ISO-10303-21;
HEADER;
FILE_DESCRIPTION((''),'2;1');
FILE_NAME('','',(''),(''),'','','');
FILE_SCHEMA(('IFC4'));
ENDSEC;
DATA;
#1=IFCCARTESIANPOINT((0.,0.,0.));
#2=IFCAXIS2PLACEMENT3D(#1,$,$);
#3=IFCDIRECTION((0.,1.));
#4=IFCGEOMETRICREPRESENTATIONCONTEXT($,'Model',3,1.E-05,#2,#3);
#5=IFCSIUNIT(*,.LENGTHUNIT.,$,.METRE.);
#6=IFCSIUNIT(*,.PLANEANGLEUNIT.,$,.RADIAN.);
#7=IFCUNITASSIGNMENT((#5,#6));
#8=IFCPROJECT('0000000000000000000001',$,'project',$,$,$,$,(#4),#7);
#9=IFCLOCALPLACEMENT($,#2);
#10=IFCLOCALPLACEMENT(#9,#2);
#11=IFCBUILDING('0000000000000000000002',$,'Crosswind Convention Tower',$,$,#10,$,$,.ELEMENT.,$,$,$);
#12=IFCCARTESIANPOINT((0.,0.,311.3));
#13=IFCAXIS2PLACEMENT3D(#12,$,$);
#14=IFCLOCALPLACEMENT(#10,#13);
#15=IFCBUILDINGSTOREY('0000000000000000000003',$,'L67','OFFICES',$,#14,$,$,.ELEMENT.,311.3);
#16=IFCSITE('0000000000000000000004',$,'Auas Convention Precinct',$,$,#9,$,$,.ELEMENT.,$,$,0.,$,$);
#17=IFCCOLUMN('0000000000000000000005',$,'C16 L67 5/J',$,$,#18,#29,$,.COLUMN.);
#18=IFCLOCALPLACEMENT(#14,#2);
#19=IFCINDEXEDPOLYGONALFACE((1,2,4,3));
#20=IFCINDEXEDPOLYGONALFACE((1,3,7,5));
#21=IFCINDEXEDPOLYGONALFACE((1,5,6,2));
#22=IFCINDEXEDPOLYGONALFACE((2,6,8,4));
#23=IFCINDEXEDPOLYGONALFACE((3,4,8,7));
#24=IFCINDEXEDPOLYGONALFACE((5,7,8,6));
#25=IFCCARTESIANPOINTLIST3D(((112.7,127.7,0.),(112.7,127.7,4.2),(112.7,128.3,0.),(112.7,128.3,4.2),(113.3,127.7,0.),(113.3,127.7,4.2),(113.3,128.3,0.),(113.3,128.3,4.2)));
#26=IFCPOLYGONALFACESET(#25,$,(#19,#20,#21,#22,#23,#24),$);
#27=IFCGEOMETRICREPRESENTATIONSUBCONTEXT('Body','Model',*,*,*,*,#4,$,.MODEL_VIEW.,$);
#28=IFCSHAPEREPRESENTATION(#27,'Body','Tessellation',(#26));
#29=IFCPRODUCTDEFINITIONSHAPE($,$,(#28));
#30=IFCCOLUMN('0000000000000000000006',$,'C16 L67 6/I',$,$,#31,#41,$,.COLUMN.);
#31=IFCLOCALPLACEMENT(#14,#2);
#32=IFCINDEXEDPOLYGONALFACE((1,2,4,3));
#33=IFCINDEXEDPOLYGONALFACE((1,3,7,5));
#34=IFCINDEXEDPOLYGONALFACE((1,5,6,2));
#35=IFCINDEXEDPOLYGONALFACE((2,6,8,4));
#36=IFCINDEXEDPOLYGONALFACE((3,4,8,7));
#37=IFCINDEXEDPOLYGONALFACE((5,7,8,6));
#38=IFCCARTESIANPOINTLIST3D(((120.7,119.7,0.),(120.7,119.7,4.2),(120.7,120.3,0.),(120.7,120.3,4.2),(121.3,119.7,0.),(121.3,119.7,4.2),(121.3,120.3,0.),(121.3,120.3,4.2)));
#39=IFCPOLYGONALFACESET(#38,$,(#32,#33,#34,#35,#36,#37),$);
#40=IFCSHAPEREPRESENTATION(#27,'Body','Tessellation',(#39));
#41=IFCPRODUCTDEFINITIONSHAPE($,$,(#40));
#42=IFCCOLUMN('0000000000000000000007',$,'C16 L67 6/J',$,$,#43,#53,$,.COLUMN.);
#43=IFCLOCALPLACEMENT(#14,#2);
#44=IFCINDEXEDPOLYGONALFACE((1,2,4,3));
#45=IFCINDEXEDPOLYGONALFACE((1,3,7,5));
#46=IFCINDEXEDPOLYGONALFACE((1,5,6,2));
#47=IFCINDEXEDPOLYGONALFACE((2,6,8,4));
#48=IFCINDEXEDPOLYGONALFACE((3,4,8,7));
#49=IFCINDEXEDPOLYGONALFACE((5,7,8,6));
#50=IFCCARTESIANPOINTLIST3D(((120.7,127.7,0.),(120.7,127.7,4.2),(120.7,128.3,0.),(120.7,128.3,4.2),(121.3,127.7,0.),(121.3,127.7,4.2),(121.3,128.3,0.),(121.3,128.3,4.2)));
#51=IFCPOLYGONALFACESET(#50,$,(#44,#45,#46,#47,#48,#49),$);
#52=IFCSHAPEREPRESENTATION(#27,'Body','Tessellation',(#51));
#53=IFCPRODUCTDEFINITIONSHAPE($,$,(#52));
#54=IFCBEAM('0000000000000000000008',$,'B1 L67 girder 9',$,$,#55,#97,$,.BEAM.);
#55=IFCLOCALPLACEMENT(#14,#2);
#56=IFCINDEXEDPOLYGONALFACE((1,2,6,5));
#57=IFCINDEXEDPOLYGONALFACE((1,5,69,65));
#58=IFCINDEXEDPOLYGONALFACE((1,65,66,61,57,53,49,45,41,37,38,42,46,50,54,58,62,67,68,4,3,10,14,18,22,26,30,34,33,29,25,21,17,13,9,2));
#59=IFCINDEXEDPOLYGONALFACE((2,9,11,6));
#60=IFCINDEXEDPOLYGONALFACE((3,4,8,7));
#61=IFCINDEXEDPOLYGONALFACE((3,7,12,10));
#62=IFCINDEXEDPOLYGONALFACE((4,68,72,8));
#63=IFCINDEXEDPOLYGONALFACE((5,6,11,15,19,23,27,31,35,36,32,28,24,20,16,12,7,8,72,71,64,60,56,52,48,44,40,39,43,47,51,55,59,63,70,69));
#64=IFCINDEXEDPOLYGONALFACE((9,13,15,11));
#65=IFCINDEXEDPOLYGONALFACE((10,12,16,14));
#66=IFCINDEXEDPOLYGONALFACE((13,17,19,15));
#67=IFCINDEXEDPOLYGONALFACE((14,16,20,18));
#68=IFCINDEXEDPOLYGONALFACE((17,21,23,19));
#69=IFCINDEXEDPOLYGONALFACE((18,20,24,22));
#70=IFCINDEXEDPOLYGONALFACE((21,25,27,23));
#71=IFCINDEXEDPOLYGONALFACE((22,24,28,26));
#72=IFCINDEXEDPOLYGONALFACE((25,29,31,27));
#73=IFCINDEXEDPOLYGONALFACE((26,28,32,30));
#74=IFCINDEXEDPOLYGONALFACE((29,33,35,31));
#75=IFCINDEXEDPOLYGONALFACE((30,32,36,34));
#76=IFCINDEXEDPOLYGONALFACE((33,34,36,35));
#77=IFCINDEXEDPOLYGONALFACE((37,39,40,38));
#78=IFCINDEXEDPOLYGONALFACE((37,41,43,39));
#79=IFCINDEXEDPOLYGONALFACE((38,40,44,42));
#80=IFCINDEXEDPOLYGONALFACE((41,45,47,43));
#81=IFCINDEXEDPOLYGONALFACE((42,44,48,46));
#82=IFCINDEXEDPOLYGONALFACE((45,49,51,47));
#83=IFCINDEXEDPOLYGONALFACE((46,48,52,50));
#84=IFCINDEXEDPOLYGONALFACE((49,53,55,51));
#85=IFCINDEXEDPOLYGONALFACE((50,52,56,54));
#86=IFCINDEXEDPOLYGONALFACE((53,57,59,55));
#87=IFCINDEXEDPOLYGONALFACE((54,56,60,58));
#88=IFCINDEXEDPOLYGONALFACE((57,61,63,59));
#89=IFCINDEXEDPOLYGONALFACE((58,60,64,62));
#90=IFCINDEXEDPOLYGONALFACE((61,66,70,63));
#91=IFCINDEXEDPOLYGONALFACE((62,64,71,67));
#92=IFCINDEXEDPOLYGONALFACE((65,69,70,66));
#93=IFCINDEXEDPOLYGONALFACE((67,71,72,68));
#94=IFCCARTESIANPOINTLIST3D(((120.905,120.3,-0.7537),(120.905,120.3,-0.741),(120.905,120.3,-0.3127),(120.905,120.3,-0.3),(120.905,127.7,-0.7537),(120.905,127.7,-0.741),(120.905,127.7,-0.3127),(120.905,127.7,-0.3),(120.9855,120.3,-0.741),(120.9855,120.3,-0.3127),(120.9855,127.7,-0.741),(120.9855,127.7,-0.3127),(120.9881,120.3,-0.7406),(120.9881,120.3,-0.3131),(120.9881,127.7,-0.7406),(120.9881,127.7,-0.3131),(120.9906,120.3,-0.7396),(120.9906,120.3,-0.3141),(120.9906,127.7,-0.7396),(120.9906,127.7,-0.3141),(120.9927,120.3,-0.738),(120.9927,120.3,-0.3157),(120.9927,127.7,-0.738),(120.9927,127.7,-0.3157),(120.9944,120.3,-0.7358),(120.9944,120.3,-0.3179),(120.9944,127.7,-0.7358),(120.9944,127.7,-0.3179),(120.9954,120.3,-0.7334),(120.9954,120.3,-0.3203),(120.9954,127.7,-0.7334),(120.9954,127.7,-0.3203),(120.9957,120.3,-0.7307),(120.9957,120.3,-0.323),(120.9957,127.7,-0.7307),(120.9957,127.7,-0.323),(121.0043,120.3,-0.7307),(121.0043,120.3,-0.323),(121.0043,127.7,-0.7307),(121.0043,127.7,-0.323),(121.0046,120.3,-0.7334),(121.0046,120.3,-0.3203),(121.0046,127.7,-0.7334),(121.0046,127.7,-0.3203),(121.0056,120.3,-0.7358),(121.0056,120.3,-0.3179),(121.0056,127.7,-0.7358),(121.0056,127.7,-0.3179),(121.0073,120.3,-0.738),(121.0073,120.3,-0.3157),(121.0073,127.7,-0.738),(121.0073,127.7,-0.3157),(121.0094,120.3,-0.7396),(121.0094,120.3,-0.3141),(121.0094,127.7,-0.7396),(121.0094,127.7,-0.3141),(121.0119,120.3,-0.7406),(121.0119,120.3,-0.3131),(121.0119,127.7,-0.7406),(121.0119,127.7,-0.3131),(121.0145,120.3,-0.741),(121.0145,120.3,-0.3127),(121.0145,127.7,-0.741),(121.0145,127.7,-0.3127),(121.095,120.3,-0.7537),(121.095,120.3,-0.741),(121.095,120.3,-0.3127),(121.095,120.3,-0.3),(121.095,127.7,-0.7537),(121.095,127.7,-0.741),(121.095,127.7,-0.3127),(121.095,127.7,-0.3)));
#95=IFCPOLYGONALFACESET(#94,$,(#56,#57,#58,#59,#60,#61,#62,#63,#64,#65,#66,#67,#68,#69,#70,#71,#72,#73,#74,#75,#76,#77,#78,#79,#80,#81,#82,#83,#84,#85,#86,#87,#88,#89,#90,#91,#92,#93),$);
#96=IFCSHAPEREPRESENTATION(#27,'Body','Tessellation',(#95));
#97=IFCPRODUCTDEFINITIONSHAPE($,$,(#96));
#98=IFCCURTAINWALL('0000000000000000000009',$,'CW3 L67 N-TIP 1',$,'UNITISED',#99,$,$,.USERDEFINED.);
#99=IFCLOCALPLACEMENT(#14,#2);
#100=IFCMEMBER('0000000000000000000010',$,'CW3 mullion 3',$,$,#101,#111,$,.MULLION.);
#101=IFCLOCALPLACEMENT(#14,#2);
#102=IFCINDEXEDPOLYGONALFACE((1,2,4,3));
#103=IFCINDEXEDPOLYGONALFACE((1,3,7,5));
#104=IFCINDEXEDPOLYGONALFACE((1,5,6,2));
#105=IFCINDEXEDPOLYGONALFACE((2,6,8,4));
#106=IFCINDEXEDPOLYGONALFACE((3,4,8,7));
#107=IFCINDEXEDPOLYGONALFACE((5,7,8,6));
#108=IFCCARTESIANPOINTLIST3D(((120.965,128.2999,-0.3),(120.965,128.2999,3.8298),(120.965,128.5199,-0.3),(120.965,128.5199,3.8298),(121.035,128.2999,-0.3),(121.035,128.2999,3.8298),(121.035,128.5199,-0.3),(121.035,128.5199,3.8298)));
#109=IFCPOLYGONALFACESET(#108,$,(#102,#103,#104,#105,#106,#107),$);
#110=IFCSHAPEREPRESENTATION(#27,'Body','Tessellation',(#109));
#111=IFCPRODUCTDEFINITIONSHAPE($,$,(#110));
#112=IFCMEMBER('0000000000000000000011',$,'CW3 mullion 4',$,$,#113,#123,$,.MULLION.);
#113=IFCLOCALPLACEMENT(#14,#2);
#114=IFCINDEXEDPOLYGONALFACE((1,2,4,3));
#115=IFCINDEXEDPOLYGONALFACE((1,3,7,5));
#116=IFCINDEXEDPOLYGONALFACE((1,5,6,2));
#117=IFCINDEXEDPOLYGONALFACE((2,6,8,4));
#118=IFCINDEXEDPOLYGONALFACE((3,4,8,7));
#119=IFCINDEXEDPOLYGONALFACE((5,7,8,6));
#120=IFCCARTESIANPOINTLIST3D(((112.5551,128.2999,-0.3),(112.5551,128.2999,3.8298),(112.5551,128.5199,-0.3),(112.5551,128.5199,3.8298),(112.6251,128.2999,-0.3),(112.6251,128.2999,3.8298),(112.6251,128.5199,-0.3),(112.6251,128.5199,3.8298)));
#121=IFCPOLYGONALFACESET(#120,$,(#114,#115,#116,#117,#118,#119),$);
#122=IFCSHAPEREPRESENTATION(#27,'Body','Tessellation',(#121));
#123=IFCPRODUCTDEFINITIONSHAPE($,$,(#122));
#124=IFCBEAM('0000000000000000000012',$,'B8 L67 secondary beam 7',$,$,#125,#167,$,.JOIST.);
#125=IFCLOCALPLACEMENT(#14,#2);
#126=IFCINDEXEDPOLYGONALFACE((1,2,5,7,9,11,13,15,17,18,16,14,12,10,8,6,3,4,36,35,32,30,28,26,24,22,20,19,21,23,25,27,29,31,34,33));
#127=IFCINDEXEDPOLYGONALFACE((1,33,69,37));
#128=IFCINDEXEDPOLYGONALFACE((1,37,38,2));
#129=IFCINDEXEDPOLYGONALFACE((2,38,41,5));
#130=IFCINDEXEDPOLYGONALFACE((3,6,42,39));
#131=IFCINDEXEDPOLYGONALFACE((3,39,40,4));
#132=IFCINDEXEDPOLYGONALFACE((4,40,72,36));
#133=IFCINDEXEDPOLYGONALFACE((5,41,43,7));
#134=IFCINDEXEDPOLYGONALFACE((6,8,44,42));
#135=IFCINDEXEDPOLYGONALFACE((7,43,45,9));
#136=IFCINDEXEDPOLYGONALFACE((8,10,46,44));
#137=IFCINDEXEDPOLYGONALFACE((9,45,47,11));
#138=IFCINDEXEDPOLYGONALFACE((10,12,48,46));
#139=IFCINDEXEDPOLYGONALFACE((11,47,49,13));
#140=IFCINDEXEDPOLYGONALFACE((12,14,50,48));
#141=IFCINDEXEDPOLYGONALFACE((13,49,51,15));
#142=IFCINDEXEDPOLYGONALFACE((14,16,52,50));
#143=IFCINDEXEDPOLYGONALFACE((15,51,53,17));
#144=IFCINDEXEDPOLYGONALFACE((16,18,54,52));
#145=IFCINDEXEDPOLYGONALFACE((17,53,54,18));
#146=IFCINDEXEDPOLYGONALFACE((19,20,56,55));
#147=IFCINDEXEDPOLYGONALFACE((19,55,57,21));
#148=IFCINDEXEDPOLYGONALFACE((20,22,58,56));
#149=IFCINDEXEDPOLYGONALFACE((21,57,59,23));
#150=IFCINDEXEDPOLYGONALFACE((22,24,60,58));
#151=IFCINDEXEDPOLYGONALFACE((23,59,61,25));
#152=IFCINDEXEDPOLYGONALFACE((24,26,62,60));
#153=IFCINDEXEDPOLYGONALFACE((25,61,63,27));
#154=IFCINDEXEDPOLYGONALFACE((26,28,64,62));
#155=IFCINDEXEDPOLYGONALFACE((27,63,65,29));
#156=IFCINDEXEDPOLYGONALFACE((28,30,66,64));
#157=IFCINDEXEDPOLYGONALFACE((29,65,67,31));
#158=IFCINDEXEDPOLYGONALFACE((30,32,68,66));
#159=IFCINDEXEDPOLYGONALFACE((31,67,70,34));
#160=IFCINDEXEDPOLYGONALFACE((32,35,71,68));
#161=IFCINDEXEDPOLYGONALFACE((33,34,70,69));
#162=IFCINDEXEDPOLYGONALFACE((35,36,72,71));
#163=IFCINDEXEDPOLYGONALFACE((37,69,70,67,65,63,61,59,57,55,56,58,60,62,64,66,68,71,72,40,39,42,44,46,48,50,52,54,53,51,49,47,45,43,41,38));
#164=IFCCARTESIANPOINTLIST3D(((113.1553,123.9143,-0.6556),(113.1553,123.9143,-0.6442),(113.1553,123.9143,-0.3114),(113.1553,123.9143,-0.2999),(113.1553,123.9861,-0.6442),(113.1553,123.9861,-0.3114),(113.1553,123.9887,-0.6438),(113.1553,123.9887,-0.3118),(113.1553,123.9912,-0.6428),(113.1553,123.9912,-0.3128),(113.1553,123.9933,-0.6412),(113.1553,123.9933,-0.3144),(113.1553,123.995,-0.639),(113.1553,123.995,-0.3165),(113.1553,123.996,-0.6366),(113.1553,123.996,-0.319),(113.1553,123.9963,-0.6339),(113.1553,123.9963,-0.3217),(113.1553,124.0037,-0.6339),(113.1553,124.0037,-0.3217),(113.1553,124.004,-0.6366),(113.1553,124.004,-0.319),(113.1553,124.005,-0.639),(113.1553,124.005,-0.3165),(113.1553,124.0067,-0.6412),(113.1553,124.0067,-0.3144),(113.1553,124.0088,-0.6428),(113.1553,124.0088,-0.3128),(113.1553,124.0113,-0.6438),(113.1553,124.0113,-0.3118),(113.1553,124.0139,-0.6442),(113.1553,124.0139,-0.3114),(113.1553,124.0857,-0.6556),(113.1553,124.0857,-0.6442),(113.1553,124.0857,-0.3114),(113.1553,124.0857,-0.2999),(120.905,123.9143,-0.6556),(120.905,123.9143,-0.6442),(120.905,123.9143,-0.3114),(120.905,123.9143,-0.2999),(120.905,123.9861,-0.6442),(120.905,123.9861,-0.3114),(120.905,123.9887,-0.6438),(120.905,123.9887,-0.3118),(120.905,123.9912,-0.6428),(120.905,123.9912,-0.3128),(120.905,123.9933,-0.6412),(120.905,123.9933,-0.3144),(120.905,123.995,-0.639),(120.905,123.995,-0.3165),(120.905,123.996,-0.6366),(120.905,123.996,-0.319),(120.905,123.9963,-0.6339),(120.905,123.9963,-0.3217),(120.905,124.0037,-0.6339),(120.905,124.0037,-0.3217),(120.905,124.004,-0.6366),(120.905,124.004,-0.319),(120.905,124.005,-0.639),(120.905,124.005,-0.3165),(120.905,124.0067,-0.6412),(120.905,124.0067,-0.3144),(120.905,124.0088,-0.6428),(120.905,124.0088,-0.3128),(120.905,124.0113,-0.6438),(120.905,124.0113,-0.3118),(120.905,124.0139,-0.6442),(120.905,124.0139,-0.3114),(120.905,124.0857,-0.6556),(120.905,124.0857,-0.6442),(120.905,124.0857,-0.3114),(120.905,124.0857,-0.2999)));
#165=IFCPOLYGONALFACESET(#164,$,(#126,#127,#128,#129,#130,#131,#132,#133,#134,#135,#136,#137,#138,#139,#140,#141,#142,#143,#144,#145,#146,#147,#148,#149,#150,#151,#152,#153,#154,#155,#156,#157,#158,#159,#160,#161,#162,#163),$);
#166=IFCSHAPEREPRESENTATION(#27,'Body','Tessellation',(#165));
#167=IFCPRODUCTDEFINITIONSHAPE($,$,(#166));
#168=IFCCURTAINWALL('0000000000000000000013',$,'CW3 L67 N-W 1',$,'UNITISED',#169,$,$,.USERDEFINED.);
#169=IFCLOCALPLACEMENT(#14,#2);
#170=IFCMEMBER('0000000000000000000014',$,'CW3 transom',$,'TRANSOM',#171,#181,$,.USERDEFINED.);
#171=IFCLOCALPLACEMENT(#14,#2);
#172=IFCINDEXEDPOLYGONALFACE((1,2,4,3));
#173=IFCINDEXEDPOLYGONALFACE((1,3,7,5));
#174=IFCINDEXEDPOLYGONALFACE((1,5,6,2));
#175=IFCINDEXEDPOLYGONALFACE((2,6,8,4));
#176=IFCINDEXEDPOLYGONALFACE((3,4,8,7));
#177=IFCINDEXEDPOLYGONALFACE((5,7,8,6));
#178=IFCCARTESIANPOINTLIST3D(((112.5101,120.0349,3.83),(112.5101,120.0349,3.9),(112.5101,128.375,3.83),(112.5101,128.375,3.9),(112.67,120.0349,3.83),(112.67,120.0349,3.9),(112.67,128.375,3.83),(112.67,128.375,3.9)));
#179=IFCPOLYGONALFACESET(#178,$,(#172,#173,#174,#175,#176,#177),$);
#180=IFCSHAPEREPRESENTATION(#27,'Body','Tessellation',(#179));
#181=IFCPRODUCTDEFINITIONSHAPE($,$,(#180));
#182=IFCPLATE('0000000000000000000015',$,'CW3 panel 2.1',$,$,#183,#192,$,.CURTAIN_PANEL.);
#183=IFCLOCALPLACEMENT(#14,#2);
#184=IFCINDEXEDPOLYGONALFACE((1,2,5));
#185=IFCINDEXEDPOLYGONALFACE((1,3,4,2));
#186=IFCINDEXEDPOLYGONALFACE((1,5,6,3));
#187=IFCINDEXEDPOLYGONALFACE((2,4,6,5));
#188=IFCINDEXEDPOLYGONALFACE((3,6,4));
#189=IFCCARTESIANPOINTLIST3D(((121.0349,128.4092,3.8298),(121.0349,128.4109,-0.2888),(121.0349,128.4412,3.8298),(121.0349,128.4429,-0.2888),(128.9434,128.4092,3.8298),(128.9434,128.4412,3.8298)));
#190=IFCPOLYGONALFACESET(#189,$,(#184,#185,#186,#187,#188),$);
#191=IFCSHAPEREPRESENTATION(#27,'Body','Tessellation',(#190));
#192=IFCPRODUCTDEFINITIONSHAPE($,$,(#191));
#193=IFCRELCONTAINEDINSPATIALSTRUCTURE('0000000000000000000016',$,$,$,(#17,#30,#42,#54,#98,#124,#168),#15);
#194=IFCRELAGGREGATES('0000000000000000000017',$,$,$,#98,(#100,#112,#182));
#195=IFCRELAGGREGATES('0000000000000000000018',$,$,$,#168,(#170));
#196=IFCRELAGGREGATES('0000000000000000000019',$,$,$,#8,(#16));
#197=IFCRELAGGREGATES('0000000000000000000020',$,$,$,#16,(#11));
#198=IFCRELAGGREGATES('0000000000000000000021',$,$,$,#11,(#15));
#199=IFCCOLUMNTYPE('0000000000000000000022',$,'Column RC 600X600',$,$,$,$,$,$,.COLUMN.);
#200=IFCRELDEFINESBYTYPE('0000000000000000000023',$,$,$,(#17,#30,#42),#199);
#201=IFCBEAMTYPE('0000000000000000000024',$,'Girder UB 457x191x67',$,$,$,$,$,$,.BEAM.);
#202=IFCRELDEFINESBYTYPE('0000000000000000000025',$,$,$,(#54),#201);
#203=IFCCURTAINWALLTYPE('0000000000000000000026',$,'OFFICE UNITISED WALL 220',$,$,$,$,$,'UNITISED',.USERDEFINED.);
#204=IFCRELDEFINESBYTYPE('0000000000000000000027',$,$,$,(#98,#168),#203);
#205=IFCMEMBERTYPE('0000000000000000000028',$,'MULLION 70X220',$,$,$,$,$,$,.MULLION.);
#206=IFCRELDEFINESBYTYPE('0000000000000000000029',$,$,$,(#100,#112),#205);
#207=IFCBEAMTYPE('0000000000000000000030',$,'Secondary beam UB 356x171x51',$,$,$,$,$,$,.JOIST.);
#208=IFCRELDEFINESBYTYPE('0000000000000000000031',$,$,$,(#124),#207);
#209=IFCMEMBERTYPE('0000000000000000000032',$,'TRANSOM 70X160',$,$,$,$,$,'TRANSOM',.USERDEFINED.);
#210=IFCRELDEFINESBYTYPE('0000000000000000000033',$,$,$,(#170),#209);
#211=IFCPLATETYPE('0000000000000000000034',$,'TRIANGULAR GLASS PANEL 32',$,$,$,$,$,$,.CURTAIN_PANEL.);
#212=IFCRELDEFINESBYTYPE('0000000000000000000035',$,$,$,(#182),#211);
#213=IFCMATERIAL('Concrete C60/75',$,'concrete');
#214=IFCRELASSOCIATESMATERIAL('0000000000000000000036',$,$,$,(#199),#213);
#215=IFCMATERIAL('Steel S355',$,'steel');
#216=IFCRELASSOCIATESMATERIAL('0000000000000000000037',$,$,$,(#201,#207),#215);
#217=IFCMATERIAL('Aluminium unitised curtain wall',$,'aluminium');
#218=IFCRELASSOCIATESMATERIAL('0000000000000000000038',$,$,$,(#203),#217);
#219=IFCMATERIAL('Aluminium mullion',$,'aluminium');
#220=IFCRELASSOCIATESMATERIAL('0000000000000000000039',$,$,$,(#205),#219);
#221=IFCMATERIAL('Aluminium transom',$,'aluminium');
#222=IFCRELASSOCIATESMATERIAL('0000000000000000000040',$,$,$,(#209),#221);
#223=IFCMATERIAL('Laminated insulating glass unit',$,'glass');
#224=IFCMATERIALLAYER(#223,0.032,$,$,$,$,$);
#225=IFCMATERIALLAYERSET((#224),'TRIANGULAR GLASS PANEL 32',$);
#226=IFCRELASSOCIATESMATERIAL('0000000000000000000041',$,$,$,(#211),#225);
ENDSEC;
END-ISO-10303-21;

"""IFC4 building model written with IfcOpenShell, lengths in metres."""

from ifc_helpers import new_model, si_unit, direction, frame, origin, origin_2d, place, context, subcontext, project, spatial, polyline, rectangle, i_section, outline, extrude, material, layer, layer_set, material_profile, profile_set, type_object, element, aggregate, save


model = new_model("IFC4")

# Units and contexts
model_context = context("Model", 3, precision=1e-05, world=origin(), true_north=direction((0.0, 1.0)))
body_context = subcontext(model_context, "Body", "Model", "MODEL_VIEW")
ifc_project = project(units=[si_unit("LENGTHUNIT", "METRE"), si_unit("PLANEANGLEUNIT", "RADIAN")], contexts=[model_context])

# Site, building, storey
site_placement = place(None, origin())
site = spatial("IfcSite", under=ifc_project, at=site_placement, Name="Auas Convention Precinct", CompositionType="ELEMENT", RefElevation=0.0)
building_placement = place(site_placement, origin())
building = spatial("IfcBuilding", under=site, at=building_placement, Name="Crosswind Convention Tower", CompositionType="ELEMENT")
storey_placement = place(building_placement, frame((0.0, 0.0, 311.3)))
storey = spatial("IfcBuildingStorey", under=building, at=storey_placement, Name="L67", Description="OFFICES", CompositionType="ELEMENT", Elevation=311.3)

# Columns
ifc_material_1 = material(Name="Concrete C60/75", Category="concrete")
ifc_material_profile_1 = material_profile(ifc_material_1, rectangle(XDim=0.6001, YDim=0.6001, at=origin_2d()), Name="RC 600X600")
ifc_profile_set_1 = profile_set([ifc_material_profile_1], Name="Concrete C60/75")
column_type = type_object("IfcColumnType", Name="Column RC 600X600", PredefinedType="COLUMN", material=ifc_profile_set_1)
for number, where, z_axis, x_axis, name in (
    (1, (113.0, 128.0, 0.0), (0.0, 0.0, 1.0), (1.0, 0.0, 0.0), "C16 L67 5/J"),
    (2, (121.0, 120.0, 0.0), (0.0, 0.0, 1.0), (1.0, 0.0, 0.0), "C16 L67 6/I"),
    (3, (121.0, 128.0, 0.0), (0.0, 0.0, 1.0), (1.0, 0.0, 0.0), "C16 L67 6/J"),
):
    element("IfcColumn", number, at=place(storey_placement, frame(where, z_axis=z_axis, x_axis=x_axis)), inside=storey, type_object=column_type, Name=name, PredefinedType="COLUMN", context=body_context, shape_type="SweptSolid", body=[
        extrude(rectangle(XDim=0.6001, YDim=0.6001, at=origin_2d()), origin(), (0.0, 0.0, 1.0), 4.2),
    ])

# Beam
ifc_material_2 = material(Name="Steel S355", Category="steel")
ifc_material_profile_2 = material_profile(ifc_material_2, i_section(OverallWidth=0.1899, OverallDepth=0.4536, WebThickness=0.0085, FlangeThickness=0.0127, FilletRadius=0.0103, at=origin_2d()), Name="UB 457x191x67")
ifc_profile_set_2 = profile_set([ifc_material_profile_2], Name="Steel S355")
beam_type_1 = type_object("IfcBeamType", Name="Girder UB 457x191x67", PredefinedType="BEAM", material=ifc_profile_set_2)
beam_1_placement = place(storey_placement, frame((121.0, 120.3, -0.5269), z_axis=(0.0, 1.0, 0.0), x_axis=(-1.0, 0.0, 0.0)))
element("IfcBeam", 4, at=beam_1_placement, inside=storey, type_object=beam_type_1, Name="B1 L67 girder 9", PredefinedType="BEAM", context=body_context, shape_type="SweptSolid", body=[
    extrude(i_section(OverallWidth=0.1899, OverallDepth=0.4536, WebThickness=0.0085, FlangeThickness=0.0127, FilletRadius=0.0103, at=origin_2d()), origin(), (0.0, 0.0, 1.0), 7.3999),
])

# Curtain wall, members
ifc_material_3 = material(Name="Aluminium unitised curtain wall", Category="aluminium")
curtain_wall_type = type_object("IfcCurtainWallType", Name="OFFICE UNITISED WALL 220", ElementType="UNITISED", PredefinedType="USERDEFINED", material=ifc_material_3)
curtain_wall_1_placement = place(storey_placement, origin())
curtain_wall_1 = element("IfcCurtainWall", 5, at=curtain_wall_1_placement, inside=storey, type_object=curtain_wall_type, Name="CW3 L67 N-TIP 1", ObjectType="UNITISED", PredefinedType="USERDEFINED")
ifc_material_4 = material(Name="Aluminium mullion", Category="aluminium")
ifc_material_profile_3 = material_profile(ifc_material_4, rectangle(XDim=0.22, YDim=0.0701, at=origin_2d()), Name="AL 220X70")
ifc_profile_set_3 = profile_set([ifc_material_profile_3], Name="Aluminium mullion")
member_type_1 = type_object("IfcMemberType", Name="MULLION 70X220", PredefinedType="MULLION", material=ifc_profile_set_3)
member_1_placement = place(storey_placement, frame((121.0, 128.4099, -0.3), z_axis=(0.0, 0.0, 1.0), x_axis=(0.0, 1.0, 0.0)))
member_1 = element("IfcMember", 6, at=member_1_placement, type_object=member_type_1, Name="CW3 mullion 3", PredefinedType="MULLION", context=body_context, shape_type="SweptSolid", body=[
    extrude(rectangle(XDim=0.22, YDim=0.0701, at=origin_2d()), origin(), (0.0, 0.0, 1.0), 4.1299),
])
member_2_placement = place(storey_placement, frame((112.5901, 128.4099, -0.3), z_axis=(0.0, 0.0, 1.0), x_axis=(0.0, 1.0, 0.0)))
member_2 = element("IfcMember", 7, at=member_2_placement, type_object=member_type_1, Name="CW3 mullion 4", PredefinedType="MULLION", context=body_context, shape_type="SweptSolid", body=[
    extrude(rectangle(XDim=0.22, YDim=0.0701, at=origin_2d()), origin(), (0.0, 0.0, 1.0), 4.1299),
])

# Beam
ifc_material_profile_4 = material_profile(ifc_material_2, i_section(OverallWidth=0.1714, OverallDepth=0.3557, WebThickness=0.0073, FlangeThickness=0.0115, FilletRadius=0.0103, at=origin_2d()), Name="UB 356x171x51")
ifc_profile_set_4 = profile_set([ifc_material_profile_4], Name="Steel S355")
beam_type_2 = type_object("IfcBeamType", Name="Secondary beam UB 356x171x51", PredefinedType="JOIST", material=ifc_profile_set_4)
beam_2_placement = place(storey_placement, frame((113.1553, 124.0, -0.4778), z_axis=(1.0, 0.0, 0.0), x_axis=(0.0, 1.0, 0.0)))
element("IfcBeam", 8, at=beam_2_placement, inside=storey, type_object=beam_type_2, Name="B8 L67 secondary beam 7", PredefinedType="JOIST", context=body_context, shape_type="SweptSolid", body=[
    extrude(i_section(OverallWidth=0.1714, OverallDepth=0.3557, WebThickness=0.0073, FlangeThickness=0.0115, FilletRadius=0.0103, at=origin_2d()), origin(), (0.0, 0.0, 1.0), 7.7498),
])

# Curtain wall, member
curtain_wall_2_placement = place(storey_placement, origin())
curtain_wall_2 = element("IfcCurtainWall", 9, at=curtain_wall_2_placement, inside=storey, type_object=curtain_wall_type, Name="CW3 L67 N-W 1", ObjectType="UNITISED", PredefinedType="USERDEFINED")
ifc_material_5 = material(Name="Aluminium transom", Category="aluminium")
ifc_material_profile_5 = material_profile(ifc_material_5, rectangle(XDim=0.1599, YDim=0.0701, at=origin_2d()), Name="AL 160X70")
ifc_profile_set_5 = profile_set([ifc_material_profile_5], Name="Aluminium transom")
member_type_2 = type_object("IfcMemberType", Name="TRANSOM 70X160", ElementType="TRANSOM", PredefinedType="USERDEFINED", material=ifc_profile_set_5)
member_3_placement = place(storey_placement, frame((112.5901, 128.375, 3.865), z_axis=(0.0, -1.0, 0.0), x_axis=(1.0, 0.0, 0.0)))
member_3 = element("IfcMember", 10, at=member_3_placement, type_object=member_type_2, Name="CW3 transom", ObjectType="TRANSOM", PredefinedType="USERDEFINED", context=body_context, shape_type="SweptSolid", body=[
    extrude(rectangle(XDim=0.1599, YDim=0.0701, at=origin_2d()), origin(), (0.0, 0.0, 1.0), 8.3401),
])

# Plate
ifc_material_6 = material(Name="Laminated insulating glass unit", Category="glass")
ifc_layer_1 = layer(ifc_material_6, 0.032)
ifc_layer_set_1 = layer_set([ifc_layer_1], Name="TRIANGULAR GLASS PANEL 32")
plate_type = type_object("IfcPlateType", Name="TRIANGULAR GLASS PANEL 32", PredefinedType="CURTAIN_PANEL", material=ifc_layer_set_1)
plate_1_placement = place(storey_placement, frame((121.0349, 128.4412, 3.8298), z_axis=(0.0, 1.0, 0.000415), x_axis=(1.0, 0.0, 0.0)))
plate_1 = element("IfcPlate", 11, at=plate_1_placement, type_object=plate_type, Name="CW3 panel 2.1", PredefinedType="CURTAIN_PANEL", context=body_context, shape_type="SweptSolid", body=[
    extrude(outline(polyline([(0.0, 0.0), (7.9084, 0.0), (0.0, 4.1187), (0.0, 0.0)])), origin(), (0.0, 0.0, -1.0), 0.032),
])
aggregate(curtain_wall_1, [member_1, member_2, plate_1])

aggregate(curtain_wall_2, [member_3])

save(model, "model.ifc")
